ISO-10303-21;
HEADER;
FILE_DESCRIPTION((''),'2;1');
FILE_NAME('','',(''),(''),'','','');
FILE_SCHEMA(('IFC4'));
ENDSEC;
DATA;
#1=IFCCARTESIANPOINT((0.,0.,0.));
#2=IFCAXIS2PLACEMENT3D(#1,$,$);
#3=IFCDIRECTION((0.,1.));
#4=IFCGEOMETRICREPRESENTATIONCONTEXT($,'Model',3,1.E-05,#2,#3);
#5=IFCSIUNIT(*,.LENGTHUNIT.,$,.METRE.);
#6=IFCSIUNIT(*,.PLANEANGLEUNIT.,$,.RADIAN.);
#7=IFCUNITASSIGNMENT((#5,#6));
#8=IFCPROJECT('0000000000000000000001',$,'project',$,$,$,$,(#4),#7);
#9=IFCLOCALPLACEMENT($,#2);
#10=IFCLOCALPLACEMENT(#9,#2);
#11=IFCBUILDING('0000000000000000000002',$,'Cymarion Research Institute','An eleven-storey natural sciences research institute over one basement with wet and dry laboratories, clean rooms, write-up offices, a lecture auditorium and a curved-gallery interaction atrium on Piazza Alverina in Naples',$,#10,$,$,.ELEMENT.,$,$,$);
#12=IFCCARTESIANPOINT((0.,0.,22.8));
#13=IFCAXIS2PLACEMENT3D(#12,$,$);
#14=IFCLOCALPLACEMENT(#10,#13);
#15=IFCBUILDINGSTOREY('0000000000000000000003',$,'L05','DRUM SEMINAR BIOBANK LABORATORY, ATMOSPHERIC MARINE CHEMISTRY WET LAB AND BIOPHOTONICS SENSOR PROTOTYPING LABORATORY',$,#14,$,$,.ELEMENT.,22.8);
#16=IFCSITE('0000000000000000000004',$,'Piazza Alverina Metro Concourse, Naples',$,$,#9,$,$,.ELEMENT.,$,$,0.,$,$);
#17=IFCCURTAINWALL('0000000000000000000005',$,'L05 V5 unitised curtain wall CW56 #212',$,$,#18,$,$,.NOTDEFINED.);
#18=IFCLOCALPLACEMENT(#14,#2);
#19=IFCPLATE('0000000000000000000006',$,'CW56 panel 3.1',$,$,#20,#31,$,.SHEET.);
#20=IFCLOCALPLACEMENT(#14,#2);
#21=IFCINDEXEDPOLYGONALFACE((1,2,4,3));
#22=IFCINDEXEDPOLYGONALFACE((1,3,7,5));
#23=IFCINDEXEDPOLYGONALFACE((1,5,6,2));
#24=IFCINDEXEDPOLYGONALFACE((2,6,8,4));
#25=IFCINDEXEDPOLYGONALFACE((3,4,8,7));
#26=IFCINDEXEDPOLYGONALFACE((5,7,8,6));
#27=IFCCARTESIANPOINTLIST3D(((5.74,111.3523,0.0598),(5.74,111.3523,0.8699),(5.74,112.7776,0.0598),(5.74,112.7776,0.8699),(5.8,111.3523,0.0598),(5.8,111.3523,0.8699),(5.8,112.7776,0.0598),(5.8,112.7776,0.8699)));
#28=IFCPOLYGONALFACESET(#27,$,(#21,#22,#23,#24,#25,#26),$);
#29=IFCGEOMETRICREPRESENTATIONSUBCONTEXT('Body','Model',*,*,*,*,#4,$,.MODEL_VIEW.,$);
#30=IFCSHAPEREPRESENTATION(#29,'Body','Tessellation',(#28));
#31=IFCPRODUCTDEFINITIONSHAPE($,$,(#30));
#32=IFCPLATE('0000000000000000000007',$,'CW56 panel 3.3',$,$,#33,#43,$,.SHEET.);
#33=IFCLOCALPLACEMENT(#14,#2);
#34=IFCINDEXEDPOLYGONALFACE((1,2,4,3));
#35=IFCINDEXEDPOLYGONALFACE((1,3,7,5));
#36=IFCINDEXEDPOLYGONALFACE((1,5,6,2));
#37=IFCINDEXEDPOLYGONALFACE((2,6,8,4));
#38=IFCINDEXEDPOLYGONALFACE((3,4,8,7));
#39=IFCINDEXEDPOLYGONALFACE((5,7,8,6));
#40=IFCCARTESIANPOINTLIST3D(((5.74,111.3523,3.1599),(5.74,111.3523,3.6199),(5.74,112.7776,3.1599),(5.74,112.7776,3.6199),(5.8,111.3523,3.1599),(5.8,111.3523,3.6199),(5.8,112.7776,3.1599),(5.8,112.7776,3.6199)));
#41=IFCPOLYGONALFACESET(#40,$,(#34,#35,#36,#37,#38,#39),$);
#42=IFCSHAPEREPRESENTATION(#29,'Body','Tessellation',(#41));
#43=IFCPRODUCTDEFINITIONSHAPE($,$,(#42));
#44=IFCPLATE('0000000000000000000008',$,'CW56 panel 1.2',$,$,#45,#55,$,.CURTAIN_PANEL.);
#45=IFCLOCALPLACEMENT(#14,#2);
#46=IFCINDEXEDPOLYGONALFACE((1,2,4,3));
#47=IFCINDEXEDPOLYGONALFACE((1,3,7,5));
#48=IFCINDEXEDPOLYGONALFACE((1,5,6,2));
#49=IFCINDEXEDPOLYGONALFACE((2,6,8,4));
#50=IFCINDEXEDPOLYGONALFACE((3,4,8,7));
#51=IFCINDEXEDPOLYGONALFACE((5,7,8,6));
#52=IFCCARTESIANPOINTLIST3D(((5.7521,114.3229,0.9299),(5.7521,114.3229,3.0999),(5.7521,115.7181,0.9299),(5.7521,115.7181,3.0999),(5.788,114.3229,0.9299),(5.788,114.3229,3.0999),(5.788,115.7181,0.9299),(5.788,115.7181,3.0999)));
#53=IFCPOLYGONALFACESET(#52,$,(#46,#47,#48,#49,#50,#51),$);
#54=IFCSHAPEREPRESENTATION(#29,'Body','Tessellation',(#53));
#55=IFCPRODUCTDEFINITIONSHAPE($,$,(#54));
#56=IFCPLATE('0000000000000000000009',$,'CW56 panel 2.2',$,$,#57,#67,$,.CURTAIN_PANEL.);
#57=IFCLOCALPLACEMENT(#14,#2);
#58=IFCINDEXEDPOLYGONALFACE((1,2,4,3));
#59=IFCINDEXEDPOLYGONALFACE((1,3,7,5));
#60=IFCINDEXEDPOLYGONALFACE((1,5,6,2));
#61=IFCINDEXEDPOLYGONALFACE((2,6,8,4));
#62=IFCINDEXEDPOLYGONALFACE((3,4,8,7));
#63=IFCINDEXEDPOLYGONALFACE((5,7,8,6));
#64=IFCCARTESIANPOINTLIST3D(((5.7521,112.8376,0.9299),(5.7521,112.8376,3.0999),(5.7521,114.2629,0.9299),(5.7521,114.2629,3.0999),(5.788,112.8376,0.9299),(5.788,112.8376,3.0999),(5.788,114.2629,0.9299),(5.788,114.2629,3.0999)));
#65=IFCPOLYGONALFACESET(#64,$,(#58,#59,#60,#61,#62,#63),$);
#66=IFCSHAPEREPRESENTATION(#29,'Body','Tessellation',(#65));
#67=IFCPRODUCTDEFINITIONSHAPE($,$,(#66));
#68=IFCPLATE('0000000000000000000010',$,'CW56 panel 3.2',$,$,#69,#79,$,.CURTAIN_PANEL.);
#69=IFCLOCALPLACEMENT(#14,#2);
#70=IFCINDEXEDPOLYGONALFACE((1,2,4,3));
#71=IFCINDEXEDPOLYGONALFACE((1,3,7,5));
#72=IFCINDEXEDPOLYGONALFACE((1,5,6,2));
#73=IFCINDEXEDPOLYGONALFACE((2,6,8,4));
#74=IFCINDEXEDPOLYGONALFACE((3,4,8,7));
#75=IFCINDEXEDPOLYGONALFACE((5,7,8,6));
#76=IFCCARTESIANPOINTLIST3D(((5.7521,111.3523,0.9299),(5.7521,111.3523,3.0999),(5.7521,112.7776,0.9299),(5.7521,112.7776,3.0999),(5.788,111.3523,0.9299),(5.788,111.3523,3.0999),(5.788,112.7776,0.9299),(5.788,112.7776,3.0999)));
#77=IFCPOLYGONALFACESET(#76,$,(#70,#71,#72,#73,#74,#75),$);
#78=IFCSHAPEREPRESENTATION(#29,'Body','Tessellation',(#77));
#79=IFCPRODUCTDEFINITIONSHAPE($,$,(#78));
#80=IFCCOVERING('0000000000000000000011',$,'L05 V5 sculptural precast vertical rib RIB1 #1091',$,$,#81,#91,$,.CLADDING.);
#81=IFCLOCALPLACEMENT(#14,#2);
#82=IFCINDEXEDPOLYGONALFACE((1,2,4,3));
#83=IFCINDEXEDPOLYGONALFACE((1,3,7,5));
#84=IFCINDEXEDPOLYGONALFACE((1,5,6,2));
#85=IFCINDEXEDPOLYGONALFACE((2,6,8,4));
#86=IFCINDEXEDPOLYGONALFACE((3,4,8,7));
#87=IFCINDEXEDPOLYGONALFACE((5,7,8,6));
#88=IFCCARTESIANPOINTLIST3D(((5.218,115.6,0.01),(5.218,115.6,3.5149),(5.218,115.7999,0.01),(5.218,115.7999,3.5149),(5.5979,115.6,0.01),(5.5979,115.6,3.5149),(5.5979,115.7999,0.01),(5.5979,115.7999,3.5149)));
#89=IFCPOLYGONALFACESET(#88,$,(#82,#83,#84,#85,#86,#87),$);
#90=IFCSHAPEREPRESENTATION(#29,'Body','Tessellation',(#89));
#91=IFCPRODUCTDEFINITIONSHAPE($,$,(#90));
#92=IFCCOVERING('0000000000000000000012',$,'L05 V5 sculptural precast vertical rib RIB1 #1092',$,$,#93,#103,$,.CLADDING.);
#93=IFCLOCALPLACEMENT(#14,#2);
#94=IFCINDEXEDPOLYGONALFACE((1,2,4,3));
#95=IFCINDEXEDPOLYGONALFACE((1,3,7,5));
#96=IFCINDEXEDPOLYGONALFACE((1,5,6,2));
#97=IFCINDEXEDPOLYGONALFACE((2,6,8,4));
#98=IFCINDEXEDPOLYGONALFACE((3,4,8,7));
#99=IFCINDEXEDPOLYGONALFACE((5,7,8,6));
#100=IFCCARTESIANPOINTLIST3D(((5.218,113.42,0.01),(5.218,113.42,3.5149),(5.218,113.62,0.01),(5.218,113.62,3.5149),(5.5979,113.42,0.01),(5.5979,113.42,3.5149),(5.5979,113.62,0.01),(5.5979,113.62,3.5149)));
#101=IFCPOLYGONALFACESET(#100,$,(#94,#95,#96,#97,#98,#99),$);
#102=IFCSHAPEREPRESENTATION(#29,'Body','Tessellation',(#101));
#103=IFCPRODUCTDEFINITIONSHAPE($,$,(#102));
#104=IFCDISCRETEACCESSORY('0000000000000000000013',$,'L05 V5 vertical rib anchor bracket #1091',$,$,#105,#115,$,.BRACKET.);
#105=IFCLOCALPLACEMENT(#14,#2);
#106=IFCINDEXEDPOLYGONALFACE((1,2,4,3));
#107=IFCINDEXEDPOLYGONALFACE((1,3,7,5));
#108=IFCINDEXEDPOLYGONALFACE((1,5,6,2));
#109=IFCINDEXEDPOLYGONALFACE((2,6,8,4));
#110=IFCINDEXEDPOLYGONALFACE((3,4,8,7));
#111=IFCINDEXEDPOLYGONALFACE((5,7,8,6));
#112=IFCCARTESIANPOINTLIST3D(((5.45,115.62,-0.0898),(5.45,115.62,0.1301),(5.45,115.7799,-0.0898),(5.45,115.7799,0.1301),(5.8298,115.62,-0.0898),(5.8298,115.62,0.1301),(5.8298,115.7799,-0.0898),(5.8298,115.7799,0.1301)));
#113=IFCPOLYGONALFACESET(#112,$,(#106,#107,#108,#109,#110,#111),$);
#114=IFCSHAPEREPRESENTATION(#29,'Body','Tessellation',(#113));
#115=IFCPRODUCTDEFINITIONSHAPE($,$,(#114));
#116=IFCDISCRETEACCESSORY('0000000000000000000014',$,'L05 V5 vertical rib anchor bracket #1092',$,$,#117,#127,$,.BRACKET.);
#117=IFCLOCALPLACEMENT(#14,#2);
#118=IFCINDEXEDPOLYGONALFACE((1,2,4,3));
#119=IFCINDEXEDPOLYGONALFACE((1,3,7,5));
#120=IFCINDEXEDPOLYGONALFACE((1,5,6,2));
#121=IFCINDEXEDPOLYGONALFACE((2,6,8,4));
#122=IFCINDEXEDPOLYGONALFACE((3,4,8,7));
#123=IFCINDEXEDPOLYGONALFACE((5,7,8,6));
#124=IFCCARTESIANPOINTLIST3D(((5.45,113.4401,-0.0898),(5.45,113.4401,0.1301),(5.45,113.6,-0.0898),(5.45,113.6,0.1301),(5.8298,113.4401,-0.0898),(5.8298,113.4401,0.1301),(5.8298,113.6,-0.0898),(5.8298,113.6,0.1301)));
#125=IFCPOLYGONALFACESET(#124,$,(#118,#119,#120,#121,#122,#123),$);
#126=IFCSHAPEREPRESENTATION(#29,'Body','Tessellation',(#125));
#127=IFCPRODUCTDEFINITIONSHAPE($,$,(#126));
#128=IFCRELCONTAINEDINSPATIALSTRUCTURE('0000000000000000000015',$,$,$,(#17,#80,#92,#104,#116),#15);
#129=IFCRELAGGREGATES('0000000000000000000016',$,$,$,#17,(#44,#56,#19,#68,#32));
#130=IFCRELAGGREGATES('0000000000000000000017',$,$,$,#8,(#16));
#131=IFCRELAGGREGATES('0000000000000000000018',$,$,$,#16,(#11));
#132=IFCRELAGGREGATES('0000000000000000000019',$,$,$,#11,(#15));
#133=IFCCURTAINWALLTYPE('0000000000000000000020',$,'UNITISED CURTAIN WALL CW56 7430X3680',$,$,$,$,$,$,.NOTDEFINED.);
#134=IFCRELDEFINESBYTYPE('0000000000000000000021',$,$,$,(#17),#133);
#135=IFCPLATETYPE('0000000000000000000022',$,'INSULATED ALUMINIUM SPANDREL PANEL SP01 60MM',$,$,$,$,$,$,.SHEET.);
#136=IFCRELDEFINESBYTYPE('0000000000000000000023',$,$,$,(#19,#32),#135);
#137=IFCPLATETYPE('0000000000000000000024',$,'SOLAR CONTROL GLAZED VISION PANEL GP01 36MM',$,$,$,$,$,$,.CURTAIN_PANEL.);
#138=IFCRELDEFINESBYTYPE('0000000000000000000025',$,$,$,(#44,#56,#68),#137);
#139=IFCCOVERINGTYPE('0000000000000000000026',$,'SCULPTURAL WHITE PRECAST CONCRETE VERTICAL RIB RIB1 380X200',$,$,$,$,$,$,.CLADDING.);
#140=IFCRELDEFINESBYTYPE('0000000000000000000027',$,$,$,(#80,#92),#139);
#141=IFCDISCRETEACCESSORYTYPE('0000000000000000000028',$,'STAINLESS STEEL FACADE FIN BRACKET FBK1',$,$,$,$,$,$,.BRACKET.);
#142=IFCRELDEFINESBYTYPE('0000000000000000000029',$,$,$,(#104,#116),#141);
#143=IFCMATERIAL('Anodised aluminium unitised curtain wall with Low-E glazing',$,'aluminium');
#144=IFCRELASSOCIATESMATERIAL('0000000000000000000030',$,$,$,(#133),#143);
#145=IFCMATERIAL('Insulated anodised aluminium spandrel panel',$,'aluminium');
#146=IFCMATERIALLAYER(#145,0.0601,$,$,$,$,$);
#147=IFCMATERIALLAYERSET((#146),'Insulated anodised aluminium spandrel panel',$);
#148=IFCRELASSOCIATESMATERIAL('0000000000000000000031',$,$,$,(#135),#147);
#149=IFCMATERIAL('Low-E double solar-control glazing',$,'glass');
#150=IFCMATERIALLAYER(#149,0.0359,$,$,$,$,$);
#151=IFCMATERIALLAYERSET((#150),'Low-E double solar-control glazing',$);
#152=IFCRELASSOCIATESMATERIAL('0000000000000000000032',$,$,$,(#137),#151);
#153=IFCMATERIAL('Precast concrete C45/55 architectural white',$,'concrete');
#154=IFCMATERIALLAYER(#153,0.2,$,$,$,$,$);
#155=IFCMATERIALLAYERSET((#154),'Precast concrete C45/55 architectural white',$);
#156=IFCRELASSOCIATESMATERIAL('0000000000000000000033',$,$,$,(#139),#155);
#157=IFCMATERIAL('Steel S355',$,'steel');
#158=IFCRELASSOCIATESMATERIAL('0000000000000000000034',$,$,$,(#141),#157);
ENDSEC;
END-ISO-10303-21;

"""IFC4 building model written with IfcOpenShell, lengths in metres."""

from ifc_helpers import new_model, si_unit, direction, frame, origin, origin_2d, place, context, subcontext, project, spatial, rectangle, extrude, material, layer, layer_set, type_object, element, aggregate, save


model = new_model("IFC4")

# Units and contexts
model_context = context("Model", 3, precision=1e-05, world=origin(), true_north=direction((0.0, 1.0)))
body_context = subcontext(model_context, "Body", "Model", "MODEL_VIEW")
ifc_project = project(units=[si_unit("LENGTHUNIT", "METRE"), si_unit("PLANEANGLEUNIT", "RADIAN")], contexts=[model_context])

# Site, building, storey
site_placement = place(None, origin())
site = spatial("IfcSite", under=ifc_project, at=site_placement, Name="Piazza Alverina Metro Concourse, Naples", CompositionType="ELEMENT", RefElevation=0.0)
building_placement = place(site_placement, origin())
building = spatial("IfcBuilding", under=site, at=building_placement, Name="Cymarion Research Institute", Description="An eleven-storey natural sciences research institute over one basement with wet and dry laboratories, clean rooms, write-up offices, a lecture auditorium and a curved-gallery interaction atrium on Piazza Alverina in Naples", CompositionType="ELEMENT")
storey_placement = place(building_placement, frame((0.0, 0.0, 22.8)))
storey = spatial("IfcBuildingStorey", under=building, at=storey_placement, Name="L05", Description="DRUM SEMINAR BIOBANK LABORATORY, ATMOSPHERIC MARINE CHEMISTRY WET LAB AND BIOPHOTONICS SENSOR PROTOTYPING LABORATORY", CompositionType="ELEMENT", Elevation=22.8)

# Curtain wall, plates
ifc_material_1 = material(Name="Anodised aluminium unitised curtain wall with Low-E glazing", Category="aluminium")
curtain_wall_type = type_object("IfcCurtainWallType", Name="UNITISED CURTAIN WALL CW56 7430X3680", PredefinedType="NOTDEFINED", material=ifc_material_1)
curtain_wall_placement = place(storey_placement, origin())
curtain_wall = element("IfcCurtainWall", 1, at=curtain_wall_placement, inside=storey, type_object=curtain_wall_type, Name="L05 V5 unitised curtain wall CW56 #212", PredefinedType="NOTDEFINED")
ifc_material_2 = material(Name="Insulated anodised aluminium spandrel panel", Category="aluminium")
ifc_layer_1 = layer(ifc_material_2, 0.0601)
ifc_layer_set_1 = layer_set([ifc_layer_1], Name="Insulated anodised aluminium spandrel panel")
plate_type_1 = type_object("IfcPlateType", Name="INSULATED ALUMINIUM SPANDREL PANEL SP01 60MM", PredefinedType="SHEET", material=ifc_layer_set_1)
plate_1_placement = place(storey_placement, frame((5.77, 112.0649, 0.0598), z_axis=(0.0, 0.0, 1.0), x_axis=(0.0, -1.0, 0.0)))
plate_1 = element("IfcPlate", 2, at=plate_1_placement, type_object=plate_type_1, Name="CW56 panel 3.1", PredefinedType="SHEET", context=body_context, shape_type="SweptSolid", body=[
    extrude(rectangle(XDim=1.4253, YDim=0.0601, at=origin_2d()), origin(), (0.0, 0.0, 1.0), 0.8101),
])
plate_2_placement = place(storey_placement, frame((5.77, 112.0649, 3.1599), z_axis=(0.0, 0.0, 1.0), x_axis=(0.0, -1.0, 0.0)))
plate_2 = element("IfcPlate", 3, at=plate_2_placement, type_object=plate_type_1, Name="CW56 panel 3.3", PredefinedType="SHEET", context=body_context, shape_type="SweptSolid", body=[
    extrude(rectangle(XDim=1.4253, YDim=0.0601, at=origin_2d()), origin(), (0.0, 0.0, 1.0), 0.46),
])
ifc_material_3 = material(Name="Low-E double solar-control glazing", Category="glass")
ifc_layer_2 = layer(ifc_material_3, 0.0359)
ifc_layer_set_2 = layer_set([ifc_layer_2], Name="Low-E double solar-control glazing")
plate_type_2 = type_object("IfcPlateType", Name="SOLAR CONTROL GLAZED VISION PANEL GP01 36MM", PredefinedType="CURTAIN_PANEL", material=ifc_layer_set_2)
plate_3_placement = place(storey_placement, frame((5.77, 115.0205, 0.9299), z_axis=(0.0, 0.0, 1.0), x_axis=(0.0, -1.0, 0.0)))
plate_3 = element("IfcPlate", 4, at=plate_3_placement, type_object=plate_type_2, Name="CW56 panel 1.2", PredefinedType="CURTAIN_PANEL", context=body_context, shape_type="SweptSolid", body=[
    extrude(rectangle(XDim=1.3953, YDim=0.0359, at=origin_2d()), origin(), (0.0, 0.0, 1.0), 2.1699),
])
plate_4_placement = place(storey_placement, frame((5.77, 113.5503, 0.9299), z_axis=(0.0, 0.0, 1.0), x_axis=(0.0, -1.0, 0.0)))
plate_4 = element("IfcPlate", 5, at=plate_4_placement, type_object=plate_type_2, Name="CW56 panel 2.2", PredefinedType="CURTAIN_PANEL", context=body_context, shape_type="SweptSolid", body=[
    extrude(rectangle(XDim=1.4253, YDim=0.0359, at=origin_2d()), origin(), (0.0, 0.0, 1.0), 2.1699),
])
plate_5_placement = place(storey_placement, frame((5.77, 112.0649, 0.9299), z_axis=(0.0, 0.0, 1.0), x_axis=(0.0, -1.0, 0.0)))
plate_5 = element("IfcPlate", 6, at=plate_5_placement, type_object=plate_type_2, Name="CW56 panel 3.2", PredefinedType="CURTAIN_PANEL", context=body_context, shape_type="SweptSolid", body=[
    extrude(rectangle(XDim=1.4253, YDim=0.0359, at=origin_2d()), origin(), (0.0, 0.0, 1.0), 2.1699),
])
aggregate(curtain_wall, [plate_3, plate_4, plate_1, plate_5, plate_2])

# Coverings
ifc_material_4 = material(Name="Precast concrete C45/55 architectural white", Category="concrete")
ifc_layer_3 = layer(ifc_material_4, 0.2)
ifc_layer_set_3 = layer_set([ifc_layer_3], Name="Precast concrete C45/55 architectural white")
covering_type = type_object("IfcCoveringType", Name="SCULPTURAL WHITE PRECAST CONCRETE VERTICAL RIB RIB1 380X200", PredefinedType="CLADDING", material=ifc_layer_set_3)
for number, where, z_axis, x_axis, name in (
    (7, (5.408, 115.7, 0.01), (0.0, 0.0, 1.0), (-1.0, 0.0, 0.0), "L05 V5 sculptural precast vertical rib RIB1 #1091"),
    (8, (5.408, 113.52, 0.01), (0.0, 0.0, 1.0), (-1.0, 0.0, 0.0), "L05 V5 sculptural precast vertical rib RIB1 #1092"),
):
    element("IfcCovering", number, at=place(storey_placement, frame(where, z_axis=z_axis, x_axis=x_axis)), inside=storey, type_object=covering_type, Name=name, PredefinedType="CLADDING", context=body_context, shape_type="SweptSolid", body=[
        extrude(rectangle(XDim=0.3799, YDim=0.2, at=origin_2d()), origin(), (0.0, 0.0, 1.0), 3.5049),
    ])

# Discrete accessories
ifc_material_5 = material(Name="Steel S355", Category="steel")
discrete_accessory_type = type_object("IfcDiscreteAccessoryType", Name="STAINLESS STEEL FACADE FIN BRACKET FBK1", PredefinedType="BRACKET", material=ifc_material_5)
for number, where, z_axis, x_axis, name in (
    (9, (5.6399, 115.7, -0.0898), (0.0, 0.0, 1.0), (-1.0, 0.0, 0.0), "L05 V5 vertical rib anchor bracket #1091"),
    (10, (5.6399, 113.52, -0.0898), (0.0, 0.0, 1.0), (-1.0, 0.0, 0.0), "L05 V5 vertical rib anchor bracket #1092"),
):
    element("IfcDiscreteAccessory", number, at=place(storey_placement, frame(where, z_axis=z_axis, x_axis=x_axis)), inside=storey, type_object=discrete_accessory_type, Name=name, PredefinedType="BRACKET", context=body_context, shape_type="SweptSolid", body=[
        extrude(rectangle(XDim=0.3799, YDim=0.1599, at=origin_2d()), origin(), (0.0, 0.0, 1.0), 0.22),
    ])

save(model, "model.ifc")
